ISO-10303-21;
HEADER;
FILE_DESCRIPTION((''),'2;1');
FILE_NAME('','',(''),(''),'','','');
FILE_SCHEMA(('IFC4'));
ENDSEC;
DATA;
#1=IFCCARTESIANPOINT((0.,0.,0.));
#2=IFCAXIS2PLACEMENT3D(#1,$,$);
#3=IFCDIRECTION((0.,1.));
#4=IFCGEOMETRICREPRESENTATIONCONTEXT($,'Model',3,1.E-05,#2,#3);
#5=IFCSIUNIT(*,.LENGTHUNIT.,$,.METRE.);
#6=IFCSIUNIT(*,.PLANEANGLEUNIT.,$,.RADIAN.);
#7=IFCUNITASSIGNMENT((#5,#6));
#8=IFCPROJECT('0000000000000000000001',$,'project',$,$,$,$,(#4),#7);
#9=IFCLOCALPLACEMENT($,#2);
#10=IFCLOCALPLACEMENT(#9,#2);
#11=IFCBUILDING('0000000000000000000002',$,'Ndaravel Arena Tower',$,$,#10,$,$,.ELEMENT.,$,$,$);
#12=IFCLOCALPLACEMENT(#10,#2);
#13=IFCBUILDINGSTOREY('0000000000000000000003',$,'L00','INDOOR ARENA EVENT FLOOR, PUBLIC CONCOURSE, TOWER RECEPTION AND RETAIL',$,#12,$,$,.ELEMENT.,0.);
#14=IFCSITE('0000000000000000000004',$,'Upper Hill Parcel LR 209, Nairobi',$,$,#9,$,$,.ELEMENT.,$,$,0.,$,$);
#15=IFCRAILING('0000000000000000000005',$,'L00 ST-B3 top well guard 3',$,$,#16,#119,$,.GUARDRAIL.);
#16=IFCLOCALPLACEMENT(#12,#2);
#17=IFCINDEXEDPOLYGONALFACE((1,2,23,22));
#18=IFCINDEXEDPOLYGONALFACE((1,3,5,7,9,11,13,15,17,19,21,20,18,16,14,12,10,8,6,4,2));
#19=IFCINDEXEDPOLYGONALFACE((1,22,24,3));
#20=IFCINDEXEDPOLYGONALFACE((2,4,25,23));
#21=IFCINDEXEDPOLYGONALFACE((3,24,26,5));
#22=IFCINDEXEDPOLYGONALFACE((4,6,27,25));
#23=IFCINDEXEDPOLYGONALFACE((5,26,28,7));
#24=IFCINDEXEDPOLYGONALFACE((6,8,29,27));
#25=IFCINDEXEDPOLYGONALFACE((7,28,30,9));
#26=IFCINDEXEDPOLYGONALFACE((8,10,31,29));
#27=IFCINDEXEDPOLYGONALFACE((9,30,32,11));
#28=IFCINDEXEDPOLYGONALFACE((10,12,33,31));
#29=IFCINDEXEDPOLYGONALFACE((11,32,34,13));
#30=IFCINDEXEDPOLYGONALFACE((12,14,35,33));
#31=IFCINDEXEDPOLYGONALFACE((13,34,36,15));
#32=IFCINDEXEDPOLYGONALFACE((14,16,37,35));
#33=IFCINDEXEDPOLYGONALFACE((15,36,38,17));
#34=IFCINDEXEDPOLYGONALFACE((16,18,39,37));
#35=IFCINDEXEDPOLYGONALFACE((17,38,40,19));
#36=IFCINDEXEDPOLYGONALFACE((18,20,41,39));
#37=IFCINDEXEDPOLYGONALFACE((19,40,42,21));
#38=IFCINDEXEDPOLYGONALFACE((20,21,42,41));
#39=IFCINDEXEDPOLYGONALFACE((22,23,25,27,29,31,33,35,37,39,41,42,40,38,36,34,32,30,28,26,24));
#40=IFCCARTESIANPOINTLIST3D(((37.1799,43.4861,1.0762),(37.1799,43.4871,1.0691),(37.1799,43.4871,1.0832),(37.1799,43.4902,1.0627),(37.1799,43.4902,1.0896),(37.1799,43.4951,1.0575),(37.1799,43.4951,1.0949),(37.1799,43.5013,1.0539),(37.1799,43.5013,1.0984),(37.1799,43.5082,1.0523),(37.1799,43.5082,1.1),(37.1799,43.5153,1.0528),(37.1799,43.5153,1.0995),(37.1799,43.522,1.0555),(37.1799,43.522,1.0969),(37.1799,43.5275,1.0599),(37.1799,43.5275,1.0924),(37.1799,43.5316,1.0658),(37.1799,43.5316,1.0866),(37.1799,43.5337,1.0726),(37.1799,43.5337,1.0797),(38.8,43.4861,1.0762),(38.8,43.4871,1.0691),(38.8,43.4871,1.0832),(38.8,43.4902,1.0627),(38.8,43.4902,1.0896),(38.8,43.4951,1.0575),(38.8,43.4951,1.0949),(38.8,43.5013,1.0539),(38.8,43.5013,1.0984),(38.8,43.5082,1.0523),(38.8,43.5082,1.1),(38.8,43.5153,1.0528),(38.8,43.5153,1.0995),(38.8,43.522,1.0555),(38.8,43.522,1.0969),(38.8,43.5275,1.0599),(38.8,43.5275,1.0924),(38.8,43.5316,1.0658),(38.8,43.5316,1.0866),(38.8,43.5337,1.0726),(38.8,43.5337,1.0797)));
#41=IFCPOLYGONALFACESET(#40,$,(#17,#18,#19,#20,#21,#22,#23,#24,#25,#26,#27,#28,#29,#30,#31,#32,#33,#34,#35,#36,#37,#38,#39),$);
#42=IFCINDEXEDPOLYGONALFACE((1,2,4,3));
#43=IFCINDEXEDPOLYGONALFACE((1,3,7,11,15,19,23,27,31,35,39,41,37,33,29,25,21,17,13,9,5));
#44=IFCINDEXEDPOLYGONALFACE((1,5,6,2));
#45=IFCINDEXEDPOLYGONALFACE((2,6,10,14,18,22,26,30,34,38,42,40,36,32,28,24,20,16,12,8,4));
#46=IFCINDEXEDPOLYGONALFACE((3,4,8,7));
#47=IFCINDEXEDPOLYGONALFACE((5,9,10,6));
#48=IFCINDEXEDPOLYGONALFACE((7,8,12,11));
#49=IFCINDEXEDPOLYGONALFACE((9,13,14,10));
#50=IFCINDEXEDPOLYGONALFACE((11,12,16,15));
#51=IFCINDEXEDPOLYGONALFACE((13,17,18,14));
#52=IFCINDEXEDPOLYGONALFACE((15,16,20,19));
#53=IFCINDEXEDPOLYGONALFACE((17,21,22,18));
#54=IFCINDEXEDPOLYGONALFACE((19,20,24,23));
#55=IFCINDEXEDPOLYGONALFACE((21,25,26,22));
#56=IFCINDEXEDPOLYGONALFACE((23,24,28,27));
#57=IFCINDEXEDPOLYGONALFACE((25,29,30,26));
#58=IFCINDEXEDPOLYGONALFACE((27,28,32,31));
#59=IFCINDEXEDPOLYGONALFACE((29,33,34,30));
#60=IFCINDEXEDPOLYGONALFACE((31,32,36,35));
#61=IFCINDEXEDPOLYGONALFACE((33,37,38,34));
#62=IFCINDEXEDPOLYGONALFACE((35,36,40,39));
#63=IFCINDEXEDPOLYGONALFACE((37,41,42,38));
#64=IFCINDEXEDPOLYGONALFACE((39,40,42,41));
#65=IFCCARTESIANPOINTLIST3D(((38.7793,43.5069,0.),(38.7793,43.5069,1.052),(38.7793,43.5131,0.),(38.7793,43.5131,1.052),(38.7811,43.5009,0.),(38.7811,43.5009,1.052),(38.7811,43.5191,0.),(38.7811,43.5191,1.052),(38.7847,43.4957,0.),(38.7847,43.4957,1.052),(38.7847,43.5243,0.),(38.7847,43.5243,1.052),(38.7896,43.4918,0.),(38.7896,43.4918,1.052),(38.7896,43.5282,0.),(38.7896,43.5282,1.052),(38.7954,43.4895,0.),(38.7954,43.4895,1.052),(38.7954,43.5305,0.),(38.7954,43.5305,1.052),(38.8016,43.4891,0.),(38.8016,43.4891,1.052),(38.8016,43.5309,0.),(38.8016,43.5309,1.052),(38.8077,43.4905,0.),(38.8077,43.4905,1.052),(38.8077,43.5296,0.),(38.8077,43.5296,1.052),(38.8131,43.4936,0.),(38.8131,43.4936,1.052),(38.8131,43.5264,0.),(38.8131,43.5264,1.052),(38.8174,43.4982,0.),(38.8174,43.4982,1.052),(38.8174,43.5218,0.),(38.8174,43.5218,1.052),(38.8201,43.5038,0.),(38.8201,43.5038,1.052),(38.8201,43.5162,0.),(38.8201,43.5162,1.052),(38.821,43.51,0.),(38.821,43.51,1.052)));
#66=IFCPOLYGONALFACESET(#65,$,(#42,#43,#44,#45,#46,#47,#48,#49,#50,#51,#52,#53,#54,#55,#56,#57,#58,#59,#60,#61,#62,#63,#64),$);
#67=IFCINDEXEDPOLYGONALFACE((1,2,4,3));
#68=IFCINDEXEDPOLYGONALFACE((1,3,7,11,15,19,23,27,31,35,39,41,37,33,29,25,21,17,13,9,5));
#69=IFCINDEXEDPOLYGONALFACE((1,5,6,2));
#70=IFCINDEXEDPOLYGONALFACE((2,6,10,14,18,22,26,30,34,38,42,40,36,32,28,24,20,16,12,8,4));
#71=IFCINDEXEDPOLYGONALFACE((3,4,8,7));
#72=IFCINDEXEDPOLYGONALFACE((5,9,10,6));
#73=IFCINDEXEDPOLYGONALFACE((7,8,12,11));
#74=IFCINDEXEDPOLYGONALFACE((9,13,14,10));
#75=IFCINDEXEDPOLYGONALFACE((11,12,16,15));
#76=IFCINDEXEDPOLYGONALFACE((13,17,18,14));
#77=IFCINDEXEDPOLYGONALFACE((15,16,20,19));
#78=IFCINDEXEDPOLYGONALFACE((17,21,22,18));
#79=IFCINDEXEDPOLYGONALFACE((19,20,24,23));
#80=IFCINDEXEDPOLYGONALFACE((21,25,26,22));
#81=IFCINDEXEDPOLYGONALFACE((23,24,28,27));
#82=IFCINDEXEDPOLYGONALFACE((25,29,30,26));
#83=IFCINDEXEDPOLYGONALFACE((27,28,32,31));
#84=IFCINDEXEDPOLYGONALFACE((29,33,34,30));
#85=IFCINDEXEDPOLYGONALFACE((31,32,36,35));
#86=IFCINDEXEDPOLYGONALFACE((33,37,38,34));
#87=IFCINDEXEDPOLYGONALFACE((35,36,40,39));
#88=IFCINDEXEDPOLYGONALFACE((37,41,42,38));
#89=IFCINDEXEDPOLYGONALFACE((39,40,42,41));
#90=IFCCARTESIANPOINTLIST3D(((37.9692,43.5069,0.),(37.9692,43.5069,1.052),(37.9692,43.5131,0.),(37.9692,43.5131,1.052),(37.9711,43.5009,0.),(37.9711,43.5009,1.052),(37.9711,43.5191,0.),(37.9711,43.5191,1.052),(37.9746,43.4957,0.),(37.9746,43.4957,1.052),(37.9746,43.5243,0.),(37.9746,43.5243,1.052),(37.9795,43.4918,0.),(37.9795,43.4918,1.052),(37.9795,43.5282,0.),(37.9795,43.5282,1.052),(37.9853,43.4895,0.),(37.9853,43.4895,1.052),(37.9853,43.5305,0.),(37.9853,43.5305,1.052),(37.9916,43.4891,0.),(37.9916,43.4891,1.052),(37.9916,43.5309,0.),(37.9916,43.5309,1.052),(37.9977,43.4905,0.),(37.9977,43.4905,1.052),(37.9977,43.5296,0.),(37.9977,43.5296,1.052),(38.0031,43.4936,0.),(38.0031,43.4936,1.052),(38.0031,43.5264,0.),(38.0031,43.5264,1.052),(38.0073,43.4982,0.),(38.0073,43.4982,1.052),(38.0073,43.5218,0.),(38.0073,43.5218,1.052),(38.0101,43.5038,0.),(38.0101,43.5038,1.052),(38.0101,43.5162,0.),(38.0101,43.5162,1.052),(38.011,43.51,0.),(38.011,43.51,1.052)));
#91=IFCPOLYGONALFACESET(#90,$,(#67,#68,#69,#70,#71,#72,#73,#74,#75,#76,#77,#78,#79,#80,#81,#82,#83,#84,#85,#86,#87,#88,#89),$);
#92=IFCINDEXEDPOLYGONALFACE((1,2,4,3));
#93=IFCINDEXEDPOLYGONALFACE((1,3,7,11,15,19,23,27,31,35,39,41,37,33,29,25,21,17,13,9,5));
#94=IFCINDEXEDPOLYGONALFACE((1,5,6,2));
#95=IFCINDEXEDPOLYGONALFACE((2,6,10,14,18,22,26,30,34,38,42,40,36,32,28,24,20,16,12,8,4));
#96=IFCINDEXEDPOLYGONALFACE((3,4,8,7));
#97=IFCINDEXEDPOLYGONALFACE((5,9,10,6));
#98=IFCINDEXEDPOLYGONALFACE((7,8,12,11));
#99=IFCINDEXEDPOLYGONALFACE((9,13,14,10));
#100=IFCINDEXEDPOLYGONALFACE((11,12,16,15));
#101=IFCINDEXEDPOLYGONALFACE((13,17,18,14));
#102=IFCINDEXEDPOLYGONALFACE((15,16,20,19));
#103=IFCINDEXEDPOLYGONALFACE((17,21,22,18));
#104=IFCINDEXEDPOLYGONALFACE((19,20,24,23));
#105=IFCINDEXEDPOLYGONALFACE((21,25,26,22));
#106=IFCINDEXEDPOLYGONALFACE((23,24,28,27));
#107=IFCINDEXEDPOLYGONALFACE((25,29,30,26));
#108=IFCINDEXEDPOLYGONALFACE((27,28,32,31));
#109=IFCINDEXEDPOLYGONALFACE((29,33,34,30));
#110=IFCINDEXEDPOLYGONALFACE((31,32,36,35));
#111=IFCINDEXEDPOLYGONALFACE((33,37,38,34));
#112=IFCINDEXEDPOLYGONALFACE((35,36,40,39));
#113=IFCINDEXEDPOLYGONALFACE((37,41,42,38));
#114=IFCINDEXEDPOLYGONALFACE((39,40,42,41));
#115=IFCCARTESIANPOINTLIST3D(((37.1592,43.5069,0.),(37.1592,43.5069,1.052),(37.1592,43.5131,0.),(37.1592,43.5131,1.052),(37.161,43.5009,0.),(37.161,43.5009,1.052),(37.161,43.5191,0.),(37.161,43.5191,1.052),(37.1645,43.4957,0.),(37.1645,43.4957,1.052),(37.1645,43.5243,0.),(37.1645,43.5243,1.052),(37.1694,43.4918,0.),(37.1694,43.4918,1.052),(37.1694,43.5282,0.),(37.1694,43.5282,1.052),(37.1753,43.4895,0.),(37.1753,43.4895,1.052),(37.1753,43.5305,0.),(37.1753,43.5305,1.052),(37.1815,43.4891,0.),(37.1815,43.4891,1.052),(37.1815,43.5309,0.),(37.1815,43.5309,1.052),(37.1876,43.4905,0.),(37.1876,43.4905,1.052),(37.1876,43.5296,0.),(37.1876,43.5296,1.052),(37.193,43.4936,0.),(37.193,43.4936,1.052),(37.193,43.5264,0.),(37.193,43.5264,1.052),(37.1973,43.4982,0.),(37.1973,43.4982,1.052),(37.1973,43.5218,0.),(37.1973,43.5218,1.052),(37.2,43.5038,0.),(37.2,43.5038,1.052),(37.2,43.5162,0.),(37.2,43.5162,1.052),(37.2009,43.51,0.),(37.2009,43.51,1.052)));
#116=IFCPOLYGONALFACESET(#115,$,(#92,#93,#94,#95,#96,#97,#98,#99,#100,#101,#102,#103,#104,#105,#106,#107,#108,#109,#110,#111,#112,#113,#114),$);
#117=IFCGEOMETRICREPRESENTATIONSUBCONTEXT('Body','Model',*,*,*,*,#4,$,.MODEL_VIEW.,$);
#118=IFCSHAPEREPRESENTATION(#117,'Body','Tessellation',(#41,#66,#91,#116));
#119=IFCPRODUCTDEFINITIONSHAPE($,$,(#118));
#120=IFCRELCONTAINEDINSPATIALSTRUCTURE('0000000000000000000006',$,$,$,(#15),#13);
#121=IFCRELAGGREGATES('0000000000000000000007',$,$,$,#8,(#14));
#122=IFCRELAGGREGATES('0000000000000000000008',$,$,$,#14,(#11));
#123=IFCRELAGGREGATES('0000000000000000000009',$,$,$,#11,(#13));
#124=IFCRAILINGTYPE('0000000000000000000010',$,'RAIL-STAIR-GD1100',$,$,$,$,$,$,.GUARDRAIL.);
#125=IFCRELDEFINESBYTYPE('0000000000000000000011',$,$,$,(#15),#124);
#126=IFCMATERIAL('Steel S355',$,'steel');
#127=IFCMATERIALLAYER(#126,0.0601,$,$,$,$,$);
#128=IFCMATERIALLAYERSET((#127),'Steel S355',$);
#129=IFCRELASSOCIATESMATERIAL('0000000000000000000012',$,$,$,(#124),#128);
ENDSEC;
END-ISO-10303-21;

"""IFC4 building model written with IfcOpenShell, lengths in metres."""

from ifc_helpers import new_model, si_unit, direction, frame, origin, origin_2d, place, context, subcontext, project, spatial, circle, extrude, material, layer, layer_set, type_object, element, save


model = new_model("IFC4")

# Units and contexts
model_context = context("Model", 3, precision=1e-05, world=origin(), true_north=direction((0.0, 1.0)))
body_context = subcontext(model_context, "Body", "Model", "MODEL_VIEW")
ifc_project = project(units=[si_unit("LENGTHUNIT", "METRE"), si_unit("PLANEANGLEUNIT", "RADIAN")], contexts=[model_context])

# Site, building, storey
site_placement = place(None, origin())
site = spatial("IfcSite", under=ifc_project, at=site_placement, Name="Upper Hill Parcel LR 209, Nairobi", CompositionType="ELEMENT", RefElevation=0.0)
building_placement = place(site_placement, origin())
building = spatial("IfcBuilding", under=site, at=building_placement, Name="Ndaravel Arena Tower", CompositionType="ELEMENT")
storey_placement = place(building_placement, origin())
storey = spatial("IfcBuildingStorey", under=building, at=storey_placement, Name="L00", Description="INDOOR ARENA EVENT FLOOR, PUBLIC CONCOURSE, TOWER RECEPTION AND RETAIL", CompositionType="ELEMENT", Elevation=0.0)

# Railing
ifc_material_1 = material(Name="Steel S355", Category="steel")
ifc_layer_1 = layer(ifc_material_1, 0.0601)
ifc_layer_set_1 = layer_set([ifc_layer_1], Name="Steel S355")
railing_type = type_object("IfcRailingType", Name="RAIL-STAIR-GD1100", PredefinedType="GUARDRAIL", material=ifc_layer_set_1)
for number, where, name in (
    (1, (38.8, 43.51, 0.0), "L00 ST-B3 top well guard 3"),
):
    element("IfcRailing", number, at=place(storey_placement, frame(where)), inside=storey, type_object=railing_type, Name=name, PredefinedType="GUARDRAIL", context=body_context, shape_type="SweptSolid", body=[
        extrude(circle(Radius=0.0239, at=origin_2d()), frame((0.0, 0.0, 1.0762), z_axis=(-1.0, 0.0, 0.0), x_axis=(0.0, -1.0, 0.0)), (0.0, 0.0, 1.0), 1.6201),
        extrude(circle(Radius=0.021, at=origin_2d()), origin(), (0.0, 0.0, 1.0), 1.052),
        extrude(circle(Radius=0.021, at=origin_2d()), frame((-0.8101, 0.0, 0.0)), (0.0, 0.0, 1.0), 1.052),
        extrude(circle(Radius=0.021, at=origin_2d()), frame((-1.6201, 0.0, 0.0)), (0.0, 0.0, 1.0), 1.052),
    ])

save(model, "model.ifc")
